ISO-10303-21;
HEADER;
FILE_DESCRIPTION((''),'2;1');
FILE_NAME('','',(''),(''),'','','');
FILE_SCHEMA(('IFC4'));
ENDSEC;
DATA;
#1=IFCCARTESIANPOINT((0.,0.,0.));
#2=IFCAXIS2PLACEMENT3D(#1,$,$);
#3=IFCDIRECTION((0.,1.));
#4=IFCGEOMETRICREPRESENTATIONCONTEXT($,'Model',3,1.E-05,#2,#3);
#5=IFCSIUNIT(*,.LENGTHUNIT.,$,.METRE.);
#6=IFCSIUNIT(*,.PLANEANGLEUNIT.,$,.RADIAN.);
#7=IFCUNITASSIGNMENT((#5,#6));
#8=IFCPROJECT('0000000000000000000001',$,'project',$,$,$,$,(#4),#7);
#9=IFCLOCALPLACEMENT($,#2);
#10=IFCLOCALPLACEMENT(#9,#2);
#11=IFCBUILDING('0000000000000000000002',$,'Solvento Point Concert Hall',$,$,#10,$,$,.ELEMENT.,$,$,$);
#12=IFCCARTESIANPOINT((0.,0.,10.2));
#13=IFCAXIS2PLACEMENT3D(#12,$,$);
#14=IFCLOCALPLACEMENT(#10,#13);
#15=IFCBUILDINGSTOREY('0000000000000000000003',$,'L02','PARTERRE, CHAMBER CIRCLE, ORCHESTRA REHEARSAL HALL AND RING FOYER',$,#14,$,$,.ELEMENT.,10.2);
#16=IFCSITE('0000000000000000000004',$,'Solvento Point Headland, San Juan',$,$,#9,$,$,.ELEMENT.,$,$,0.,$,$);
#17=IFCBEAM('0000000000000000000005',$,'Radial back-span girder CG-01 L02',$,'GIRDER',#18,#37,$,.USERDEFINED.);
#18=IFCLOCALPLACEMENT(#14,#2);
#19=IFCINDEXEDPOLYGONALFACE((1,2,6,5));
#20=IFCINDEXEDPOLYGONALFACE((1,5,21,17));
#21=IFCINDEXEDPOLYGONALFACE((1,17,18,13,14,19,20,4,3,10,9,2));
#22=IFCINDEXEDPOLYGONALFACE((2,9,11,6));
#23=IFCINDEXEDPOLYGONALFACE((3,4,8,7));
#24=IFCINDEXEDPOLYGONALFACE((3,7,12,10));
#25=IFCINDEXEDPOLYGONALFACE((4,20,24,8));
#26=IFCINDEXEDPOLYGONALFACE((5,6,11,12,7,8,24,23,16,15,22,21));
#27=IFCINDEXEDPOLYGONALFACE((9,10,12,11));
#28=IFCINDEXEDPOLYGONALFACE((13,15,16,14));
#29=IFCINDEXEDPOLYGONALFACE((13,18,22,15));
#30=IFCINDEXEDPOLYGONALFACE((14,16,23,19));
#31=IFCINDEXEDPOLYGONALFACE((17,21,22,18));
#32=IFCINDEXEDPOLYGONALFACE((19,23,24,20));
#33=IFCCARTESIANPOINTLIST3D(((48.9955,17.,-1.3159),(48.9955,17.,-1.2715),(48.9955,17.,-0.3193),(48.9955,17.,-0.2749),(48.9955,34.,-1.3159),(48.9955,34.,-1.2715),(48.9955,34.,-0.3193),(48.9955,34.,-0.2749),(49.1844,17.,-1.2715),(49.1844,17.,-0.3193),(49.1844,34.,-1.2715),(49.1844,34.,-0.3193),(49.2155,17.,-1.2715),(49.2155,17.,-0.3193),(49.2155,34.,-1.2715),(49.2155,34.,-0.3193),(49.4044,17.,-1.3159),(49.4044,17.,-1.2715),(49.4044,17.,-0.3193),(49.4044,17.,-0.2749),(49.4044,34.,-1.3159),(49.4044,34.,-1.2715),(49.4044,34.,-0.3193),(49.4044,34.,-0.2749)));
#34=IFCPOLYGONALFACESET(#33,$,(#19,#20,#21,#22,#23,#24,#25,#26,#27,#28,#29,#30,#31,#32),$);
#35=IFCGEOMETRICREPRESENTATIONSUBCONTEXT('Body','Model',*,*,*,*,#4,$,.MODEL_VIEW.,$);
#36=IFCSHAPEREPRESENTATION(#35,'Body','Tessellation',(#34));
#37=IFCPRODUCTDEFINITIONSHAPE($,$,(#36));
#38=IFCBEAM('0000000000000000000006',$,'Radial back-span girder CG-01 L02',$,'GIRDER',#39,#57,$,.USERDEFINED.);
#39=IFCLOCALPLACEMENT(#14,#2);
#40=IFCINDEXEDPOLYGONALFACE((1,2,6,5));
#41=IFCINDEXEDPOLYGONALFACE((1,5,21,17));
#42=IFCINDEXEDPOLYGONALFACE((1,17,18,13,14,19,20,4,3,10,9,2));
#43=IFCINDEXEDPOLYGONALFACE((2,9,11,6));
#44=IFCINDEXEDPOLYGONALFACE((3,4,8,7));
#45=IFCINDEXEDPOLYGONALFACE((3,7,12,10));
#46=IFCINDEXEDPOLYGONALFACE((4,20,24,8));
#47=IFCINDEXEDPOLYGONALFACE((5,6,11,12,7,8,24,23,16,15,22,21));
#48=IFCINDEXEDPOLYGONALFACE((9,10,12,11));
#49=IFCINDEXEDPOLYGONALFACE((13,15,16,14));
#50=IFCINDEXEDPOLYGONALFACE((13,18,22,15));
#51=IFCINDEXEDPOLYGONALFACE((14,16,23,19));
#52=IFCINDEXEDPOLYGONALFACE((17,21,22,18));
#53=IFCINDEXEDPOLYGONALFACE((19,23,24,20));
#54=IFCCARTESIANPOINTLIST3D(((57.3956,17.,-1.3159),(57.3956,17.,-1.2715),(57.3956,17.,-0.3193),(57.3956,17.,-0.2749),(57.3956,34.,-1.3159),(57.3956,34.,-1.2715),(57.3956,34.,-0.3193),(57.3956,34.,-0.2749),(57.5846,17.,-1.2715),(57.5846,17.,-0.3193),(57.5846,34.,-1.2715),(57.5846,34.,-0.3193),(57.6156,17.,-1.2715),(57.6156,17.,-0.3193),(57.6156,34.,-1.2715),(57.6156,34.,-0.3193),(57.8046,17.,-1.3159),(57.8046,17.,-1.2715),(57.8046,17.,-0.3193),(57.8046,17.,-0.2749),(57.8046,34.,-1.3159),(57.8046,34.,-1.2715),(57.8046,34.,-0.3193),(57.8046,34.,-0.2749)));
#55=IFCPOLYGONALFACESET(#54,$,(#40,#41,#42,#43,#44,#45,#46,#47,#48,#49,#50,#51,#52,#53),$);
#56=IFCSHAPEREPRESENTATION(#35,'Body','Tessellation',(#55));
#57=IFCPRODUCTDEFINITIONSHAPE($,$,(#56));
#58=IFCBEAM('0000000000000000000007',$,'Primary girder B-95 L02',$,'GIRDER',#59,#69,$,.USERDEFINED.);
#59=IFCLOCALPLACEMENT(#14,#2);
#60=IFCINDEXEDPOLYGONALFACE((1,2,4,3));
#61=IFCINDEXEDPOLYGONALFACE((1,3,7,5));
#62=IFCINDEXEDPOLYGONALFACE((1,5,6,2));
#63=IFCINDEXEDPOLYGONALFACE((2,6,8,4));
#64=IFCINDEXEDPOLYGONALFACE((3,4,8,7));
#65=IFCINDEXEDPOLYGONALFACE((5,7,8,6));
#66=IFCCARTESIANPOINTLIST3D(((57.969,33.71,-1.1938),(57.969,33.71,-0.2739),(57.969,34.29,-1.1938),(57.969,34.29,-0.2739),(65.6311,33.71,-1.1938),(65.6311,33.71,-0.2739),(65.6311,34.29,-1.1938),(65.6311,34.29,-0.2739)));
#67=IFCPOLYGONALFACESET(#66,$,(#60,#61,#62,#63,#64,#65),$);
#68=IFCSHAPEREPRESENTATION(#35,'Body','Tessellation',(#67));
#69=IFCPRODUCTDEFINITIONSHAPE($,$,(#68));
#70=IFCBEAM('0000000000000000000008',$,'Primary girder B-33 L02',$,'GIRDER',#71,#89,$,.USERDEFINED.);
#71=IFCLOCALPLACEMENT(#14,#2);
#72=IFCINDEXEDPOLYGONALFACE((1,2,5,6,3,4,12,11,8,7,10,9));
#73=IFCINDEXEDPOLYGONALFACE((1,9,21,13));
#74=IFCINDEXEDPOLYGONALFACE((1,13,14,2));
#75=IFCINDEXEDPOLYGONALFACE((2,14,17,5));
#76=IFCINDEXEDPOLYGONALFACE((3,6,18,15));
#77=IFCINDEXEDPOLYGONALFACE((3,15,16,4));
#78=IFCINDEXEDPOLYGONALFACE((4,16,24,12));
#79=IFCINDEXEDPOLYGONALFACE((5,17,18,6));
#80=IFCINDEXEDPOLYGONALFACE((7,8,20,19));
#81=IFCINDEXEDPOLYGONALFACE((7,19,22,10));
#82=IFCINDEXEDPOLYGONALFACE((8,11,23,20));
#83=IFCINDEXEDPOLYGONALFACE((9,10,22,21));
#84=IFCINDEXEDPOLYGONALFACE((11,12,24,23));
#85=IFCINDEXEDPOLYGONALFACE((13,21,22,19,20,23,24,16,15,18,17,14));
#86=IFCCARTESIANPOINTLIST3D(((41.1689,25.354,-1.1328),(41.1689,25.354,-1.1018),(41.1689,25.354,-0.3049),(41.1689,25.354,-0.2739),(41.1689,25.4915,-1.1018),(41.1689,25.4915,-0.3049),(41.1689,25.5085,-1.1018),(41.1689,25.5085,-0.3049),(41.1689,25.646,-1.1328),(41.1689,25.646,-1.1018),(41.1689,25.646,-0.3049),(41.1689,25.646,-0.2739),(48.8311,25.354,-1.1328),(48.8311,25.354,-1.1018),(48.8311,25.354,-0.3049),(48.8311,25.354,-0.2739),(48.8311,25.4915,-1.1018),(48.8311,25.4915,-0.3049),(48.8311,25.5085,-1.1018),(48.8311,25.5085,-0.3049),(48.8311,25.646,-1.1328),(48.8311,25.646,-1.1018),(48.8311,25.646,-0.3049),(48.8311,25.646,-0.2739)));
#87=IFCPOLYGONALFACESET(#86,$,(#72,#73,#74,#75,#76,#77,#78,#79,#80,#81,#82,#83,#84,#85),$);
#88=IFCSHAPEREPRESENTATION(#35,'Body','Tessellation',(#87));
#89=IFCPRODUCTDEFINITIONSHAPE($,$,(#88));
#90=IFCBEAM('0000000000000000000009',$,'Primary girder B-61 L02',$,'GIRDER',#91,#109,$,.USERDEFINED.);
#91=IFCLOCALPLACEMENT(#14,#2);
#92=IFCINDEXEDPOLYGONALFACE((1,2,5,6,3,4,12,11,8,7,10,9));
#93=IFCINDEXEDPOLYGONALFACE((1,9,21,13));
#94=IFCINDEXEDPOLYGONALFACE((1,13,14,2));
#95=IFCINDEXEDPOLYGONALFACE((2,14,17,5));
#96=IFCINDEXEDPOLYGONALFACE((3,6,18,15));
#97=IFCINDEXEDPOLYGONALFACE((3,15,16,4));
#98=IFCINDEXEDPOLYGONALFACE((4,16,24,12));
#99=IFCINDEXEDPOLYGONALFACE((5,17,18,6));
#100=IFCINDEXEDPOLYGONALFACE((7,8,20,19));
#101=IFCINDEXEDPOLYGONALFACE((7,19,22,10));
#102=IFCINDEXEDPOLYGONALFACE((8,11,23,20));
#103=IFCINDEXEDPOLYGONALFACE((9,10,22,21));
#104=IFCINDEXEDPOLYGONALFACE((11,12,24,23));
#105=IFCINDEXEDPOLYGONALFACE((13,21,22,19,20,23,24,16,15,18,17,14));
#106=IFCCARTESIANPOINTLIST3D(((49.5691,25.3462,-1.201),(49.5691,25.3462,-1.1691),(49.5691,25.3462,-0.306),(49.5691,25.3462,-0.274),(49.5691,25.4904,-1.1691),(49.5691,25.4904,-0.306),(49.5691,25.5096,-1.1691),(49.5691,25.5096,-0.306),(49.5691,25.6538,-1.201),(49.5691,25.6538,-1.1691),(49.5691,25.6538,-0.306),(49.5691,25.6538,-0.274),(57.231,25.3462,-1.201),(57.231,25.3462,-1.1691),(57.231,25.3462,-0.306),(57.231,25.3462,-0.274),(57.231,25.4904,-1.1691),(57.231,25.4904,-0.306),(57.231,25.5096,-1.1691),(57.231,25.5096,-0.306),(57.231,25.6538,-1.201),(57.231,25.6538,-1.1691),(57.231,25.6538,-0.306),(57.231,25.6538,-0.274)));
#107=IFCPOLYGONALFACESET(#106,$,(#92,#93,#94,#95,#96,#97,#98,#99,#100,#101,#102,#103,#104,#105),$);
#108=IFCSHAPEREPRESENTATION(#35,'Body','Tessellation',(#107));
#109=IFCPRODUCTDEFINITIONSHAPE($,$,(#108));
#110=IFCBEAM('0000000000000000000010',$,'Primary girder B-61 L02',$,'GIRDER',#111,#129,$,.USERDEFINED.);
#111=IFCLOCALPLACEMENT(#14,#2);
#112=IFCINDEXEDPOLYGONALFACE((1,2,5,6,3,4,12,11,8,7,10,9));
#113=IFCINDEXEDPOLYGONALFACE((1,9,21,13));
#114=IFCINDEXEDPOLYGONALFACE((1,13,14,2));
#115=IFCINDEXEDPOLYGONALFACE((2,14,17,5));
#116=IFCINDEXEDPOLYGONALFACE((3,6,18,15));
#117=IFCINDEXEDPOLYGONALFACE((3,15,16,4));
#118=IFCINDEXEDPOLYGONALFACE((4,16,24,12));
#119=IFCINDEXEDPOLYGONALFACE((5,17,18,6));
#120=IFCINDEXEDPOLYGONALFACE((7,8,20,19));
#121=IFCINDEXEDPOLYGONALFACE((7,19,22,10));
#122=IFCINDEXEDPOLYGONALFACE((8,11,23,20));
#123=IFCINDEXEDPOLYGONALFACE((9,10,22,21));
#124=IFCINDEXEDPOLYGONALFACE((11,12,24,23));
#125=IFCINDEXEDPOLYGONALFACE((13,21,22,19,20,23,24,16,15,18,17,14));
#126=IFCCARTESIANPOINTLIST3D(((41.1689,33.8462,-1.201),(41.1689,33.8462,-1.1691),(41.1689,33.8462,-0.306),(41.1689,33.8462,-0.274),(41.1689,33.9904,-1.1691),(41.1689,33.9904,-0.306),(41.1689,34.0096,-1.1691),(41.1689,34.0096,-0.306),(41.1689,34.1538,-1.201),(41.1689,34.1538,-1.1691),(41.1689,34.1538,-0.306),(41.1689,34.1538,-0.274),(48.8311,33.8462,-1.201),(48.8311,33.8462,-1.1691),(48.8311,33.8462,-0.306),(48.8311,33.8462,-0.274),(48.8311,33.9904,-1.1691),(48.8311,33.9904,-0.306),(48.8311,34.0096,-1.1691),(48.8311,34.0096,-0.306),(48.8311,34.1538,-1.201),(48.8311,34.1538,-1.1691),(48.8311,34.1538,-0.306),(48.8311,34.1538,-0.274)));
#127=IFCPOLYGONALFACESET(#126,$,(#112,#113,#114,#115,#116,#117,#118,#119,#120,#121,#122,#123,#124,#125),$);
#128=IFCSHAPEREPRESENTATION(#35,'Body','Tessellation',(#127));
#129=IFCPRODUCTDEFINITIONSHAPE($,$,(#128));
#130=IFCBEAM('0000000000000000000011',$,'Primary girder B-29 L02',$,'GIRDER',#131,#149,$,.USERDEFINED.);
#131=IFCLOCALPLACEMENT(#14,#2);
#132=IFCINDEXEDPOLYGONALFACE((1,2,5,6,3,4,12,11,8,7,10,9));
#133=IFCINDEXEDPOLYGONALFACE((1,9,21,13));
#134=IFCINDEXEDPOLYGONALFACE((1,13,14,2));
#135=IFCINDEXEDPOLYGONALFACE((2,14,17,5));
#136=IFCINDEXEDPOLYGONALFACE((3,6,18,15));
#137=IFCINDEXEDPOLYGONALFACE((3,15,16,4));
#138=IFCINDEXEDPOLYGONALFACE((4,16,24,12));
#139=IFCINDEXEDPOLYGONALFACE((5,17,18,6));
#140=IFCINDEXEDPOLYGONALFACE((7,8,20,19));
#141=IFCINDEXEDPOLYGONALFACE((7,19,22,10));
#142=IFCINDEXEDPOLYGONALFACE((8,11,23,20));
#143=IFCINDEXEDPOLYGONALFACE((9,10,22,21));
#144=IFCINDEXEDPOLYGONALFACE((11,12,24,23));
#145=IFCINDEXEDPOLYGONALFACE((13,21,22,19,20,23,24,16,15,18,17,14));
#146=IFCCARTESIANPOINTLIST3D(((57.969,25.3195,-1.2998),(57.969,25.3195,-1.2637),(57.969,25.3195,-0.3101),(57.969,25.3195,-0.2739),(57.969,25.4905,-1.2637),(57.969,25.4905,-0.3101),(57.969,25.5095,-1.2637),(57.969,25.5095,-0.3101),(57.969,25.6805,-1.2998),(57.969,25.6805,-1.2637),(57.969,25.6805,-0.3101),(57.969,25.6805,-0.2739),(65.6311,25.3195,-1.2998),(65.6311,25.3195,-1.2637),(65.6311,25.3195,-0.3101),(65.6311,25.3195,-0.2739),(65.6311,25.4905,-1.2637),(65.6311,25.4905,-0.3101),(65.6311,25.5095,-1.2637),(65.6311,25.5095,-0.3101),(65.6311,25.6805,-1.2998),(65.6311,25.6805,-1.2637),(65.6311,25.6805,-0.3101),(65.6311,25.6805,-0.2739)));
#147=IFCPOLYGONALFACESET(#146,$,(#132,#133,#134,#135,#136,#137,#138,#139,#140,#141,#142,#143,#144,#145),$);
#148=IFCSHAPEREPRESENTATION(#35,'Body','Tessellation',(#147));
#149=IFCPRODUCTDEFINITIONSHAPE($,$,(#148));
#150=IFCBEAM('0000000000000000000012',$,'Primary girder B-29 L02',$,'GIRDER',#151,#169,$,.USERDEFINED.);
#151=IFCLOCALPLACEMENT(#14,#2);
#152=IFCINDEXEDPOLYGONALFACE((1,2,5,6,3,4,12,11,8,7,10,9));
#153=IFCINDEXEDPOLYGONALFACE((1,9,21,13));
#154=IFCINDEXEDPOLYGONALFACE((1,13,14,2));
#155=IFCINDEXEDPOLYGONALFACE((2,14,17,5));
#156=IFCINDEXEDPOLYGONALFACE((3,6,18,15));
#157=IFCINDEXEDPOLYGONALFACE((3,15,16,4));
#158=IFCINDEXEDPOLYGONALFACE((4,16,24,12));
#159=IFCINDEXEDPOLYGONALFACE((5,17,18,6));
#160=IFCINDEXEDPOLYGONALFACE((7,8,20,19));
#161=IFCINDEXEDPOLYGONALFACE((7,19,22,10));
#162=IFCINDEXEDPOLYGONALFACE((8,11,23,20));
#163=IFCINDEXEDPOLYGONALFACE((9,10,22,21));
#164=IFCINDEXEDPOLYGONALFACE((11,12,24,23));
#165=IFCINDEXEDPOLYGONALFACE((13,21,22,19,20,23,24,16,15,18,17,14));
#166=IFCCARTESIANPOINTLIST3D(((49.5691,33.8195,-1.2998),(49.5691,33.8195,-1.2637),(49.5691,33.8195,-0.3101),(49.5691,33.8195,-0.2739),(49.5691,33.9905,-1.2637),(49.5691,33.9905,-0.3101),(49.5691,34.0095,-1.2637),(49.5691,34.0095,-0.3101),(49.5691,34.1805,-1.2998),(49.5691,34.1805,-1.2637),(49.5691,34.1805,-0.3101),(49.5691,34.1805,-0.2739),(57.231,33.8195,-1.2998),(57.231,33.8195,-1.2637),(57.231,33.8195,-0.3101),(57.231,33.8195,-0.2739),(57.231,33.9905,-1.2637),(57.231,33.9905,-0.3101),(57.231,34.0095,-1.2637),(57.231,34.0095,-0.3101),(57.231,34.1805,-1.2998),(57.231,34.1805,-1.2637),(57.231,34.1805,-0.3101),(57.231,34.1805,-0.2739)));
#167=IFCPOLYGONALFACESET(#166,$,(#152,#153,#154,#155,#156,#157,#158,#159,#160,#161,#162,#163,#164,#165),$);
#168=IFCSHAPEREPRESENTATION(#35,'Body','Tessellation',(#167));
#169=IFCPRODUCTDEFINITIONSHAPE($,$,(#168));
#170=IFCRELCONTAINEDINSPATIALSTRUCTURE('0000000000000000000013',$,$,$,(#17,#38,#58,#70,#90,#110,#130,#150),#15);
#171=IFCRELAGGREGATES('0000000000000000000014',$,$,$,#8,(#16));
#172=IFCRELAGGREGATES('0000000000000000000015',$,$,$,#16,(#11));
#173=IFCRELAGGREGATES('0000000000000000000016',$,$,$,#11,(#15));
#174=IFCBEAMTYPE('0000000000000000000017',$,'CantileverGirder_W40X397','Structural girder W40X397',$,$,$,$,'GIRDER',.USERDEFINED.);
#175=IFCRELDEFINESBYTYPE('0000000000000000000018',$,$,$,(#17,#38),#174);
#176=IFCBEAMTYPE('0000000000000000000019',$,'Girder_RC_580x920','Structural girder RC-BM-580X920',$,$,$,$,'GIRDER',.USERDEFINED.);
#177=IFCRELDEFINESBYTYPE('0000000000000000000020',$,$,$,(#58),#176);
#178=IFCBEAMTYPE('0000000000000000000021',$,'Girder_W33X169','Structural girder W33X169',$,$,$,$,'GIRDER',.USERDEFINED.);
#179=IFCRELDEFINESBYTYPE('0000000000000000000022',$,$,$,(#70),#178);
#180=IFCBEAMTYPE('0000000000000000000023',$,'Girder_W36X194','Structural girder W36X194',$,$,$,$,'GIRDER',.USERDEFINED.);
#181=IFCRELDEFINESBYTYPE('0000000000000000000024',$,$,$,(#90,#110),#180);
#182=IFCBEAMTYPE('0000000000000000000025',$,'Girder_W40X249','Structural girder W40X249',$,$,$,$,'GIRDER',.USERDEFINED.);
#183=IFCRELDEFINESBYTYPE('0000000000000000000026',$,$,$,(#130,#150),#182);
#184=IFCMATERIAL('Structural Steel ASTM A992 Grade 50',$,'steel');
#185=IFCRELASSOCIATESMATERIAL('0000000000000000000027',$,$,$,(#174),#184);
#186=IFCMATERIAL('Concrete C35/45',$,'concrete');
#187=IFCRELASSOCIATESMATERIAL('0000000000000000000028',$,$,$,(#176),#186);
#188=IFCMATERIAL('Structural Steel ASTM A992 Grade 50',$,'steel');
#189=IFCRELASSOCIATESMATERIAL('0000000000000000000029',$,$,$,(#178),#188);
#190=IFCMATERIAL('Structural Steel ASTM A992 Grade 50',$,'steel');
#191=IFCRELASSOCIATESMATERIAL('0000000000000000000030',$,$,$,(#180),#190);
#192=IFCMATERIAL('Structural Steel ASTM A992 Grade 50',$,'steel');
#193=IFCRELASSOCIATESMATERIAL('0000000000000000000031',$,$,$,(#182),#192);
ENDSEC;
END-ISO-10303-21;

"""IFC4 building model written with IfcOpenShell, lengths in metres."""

from ifc_helpers import new_model, si_unit, direction, frame, origin, origin_2d, place, context, subcontext, project, spatial, rectangle, i_section, extrude, material, material_profile, profile_set, type_object, element, save


model = new_model("IFC4")

# Units and contexts
model_context = context("Model", 3, precision=1e-05, world=origin(), true_north=direction((0.0, 1.0)))
body_context = subcontext(model_context, "Body", "Model", "MODEL_VIEW")
ifc_project = project(units=[si_unit("LENGTHUNIT", "METRE"), si_unit("PLANEANGLEUNIT", "RADIAN")], contexts=[model_context])

# Site, building, storey
site_placement = place(None, origin())
site = spatial("IfcSite", under=ifc_project, at=site_placement, Name="Solvento Point Headland, San Juan", CompositionType="ELEMENT", RefElevation=0.0)
building_placement = place(site_placement, origin())
building = spatial("IfcBuilding", under=site, at=building_placement, Name="Solvento Point Concert Hall", CompositionType="ELEMENT")
storey_placement = place(building_placement, frame((0.0, 0.0, 10.2)))
storey = spatial("IfcBuildingStorey", under=building, at=storey_placement, Name="L02", Description="PARTERRE, CHAMBER CIRCLE, ORCHESTRA REHEARSAL HALL AND RING FOYER", CompositionType="ELEMENT", Elevation=10.2)

# Beams
ifc_material_1 = material(Name="Structural Steel ASTM A992 Grade 50", Category="steel")
ifc_material_profile_1 = material_profile(ifc_material_1, i_section(OverallWidth=0.4089, OverallDepth=1.041, WebThickness=0.031, FlangeThickness=0.0444, at=origin_2d()), Name="W40X397")
ifc_profile_set_1 = profile_set([ifc_material_profile_1], Name="Structural Steel ASTM A992 Grade 50")
beam_type_1 = type_object("IfcBeamType", Name="CantileverGirder_W40X397", Description="Structural girder W40X397", ElementType="GIRDER", PredefinedType="USERDEFINED", material=ifc_profile_set_1)
for number, where, z_axis, x_axis, name in (
    (1, (49.2, 34.0, -0.7954), (0.0, -1.0, 0.0), (1.0, 0.0, 0.0), "Radial back-span girder CG-01 L02"),
    (2, (57.6001, 34.0, -0.7954), (0.0, -1.0, 0.0), (1.0, 0.0, 0.0), "Radial back-span girder CG-01 L02"),
):
    element("IfcBeam", number, at=place(storey_placement, frame(where, z_axis=z_axis, x_axis=x_axis)), inside=storey, type_object=beam_type_1, Name=name, ObjectType="GIRDER", PredefinedType="USERDEFINED", context=body_context, shape_type="SweptSolid", body=[
        extrude(i_section(OverallWidth=0.4089, OverallDepth=1.041, WebThickness=0.031, FlangeThickness=0.0444, at=origin_2d()), origin(), (0.0, 0.0, 1.0), 17.0),
    ])
ifc_material_2 = material(Name="Concrete C35/45", Category="concrete")
ifc_material_profile_2 = material_profile(ifc_material_2, rectangle(XDim=0.5801, YDim=0.9199, at=origin_2d()), Name="RC-BM-580X920")
ifc_profile_set_2 = profile_set([ifc_material_profile_2], Name="Concrete C35/45")
beam_type_2 = type_object("IfcBeamType", Name="Girder_RC_580x920", Description="Structural girder RC-BM-580X920", ElementType="GIRDER", PredefinedType="USERDEFINED", material=ifc_profile_set_2)
beam_1_placement = place(storey_placement, frame((57.969, 34.0, -0.7339), z_axis=(1.0, 0.0, 0.0), x_axis=(0.0, 1.0, 0.0)))
element("IfcBeam", 3, at=beam_1_placement, inside=storey, type_object=beam_type_2, Name="Primary girder B-95 L02", ObjectType="GIRDER", PredefinedType="USERDEFINED", context=body_context, shape_type="SweptSolid", body=[
    extrude(rectangle(XDim=0.5801, YDim=0.9199, at=origin_2d()), origin(), (0.0, 0.0, 1.0), 7.6621),
])
ifc_material_3 = material(Name="Structural Steel ASTM A992 Grade 50", Category="steel")
ifc_material_profile_3 = material_profile(ifc_material_3, i_section(OverallWidth=0.292, OverallDepth=0.8589, WebThickness=0.0171, FlangeThickness=0.031, at=origin_2d()), Name="W33X169")
ifc_profile_set_3 = profile_set([ifc_material_profile_3], Name="Structural Steel ASTM A992 Grade 50")
beam_type_3 = type_object("IfcBeamType", Name="Girder_W33X169", Description="Structural girder W33X169", ElementType="GIRDER", PredefinedType="USERDEFINED", material=ifc_profile_set_3)
beam_2_placement = place(storey_placement, frame((41.1689, 25.5, -0.7034), z_axis=(1.0, 0.0, 0.0), x_axis=(0.0, 1.0, 0.0)))
element("IfcBeam", 4, at=beam_2_placement, inside=storey, type_object=beam_type_3, Name="Primary girder B-33 L02", ObjectType="GIRDER", PredefinedType="USERDEFINED", context=body_context, shape_type="SweptSolid", body=[
    extrude(i_section(OverallWidth=0.292, OverallDepth=0.8589, WebThickness=0.0171, FlangeThickness=0.031, at=origin_2d()), origin(), (0.0, 0.0, 1.0), 7.6621),
])
ifc_material_4 = material(Name="Structural Steel ASTM A992 Grade 50", Category="steel")
ifc_material_profile_4 = material_profile(ifc_material_4, i_section(OverallWidth=0.3076, OverallDepth=0.927, WebThickness=0.0193, FlangeThickness=0.032, at=origin_2d()), Name="W36X194")
ifc_profile_set_4 = profile_set([ifc_material_profile_4], Name="Structural Steel ASTM A992 Grade 50")
beam_type_4 = type_object("IfcBeamType", Name="Girder_W36X194", Description="Structural girder W36X194", ElementType="GIRDER", PredefinedType="USERDEFINED", material=ifc_profile_set_4)
beam_3_placement = place(storey_placement, frame((49.5691, 25.5, -0.7375), z_axis=(1.0, 0.0, 0.0), x_axis=(0.0, 1.0, 0.0)))
element("IfcBeam", 5, at=beam_3_placement, inside=storey, type_object=beam_type_4, Name="Primary girder B-61 L02", ObjectType="GIRDER", PredefinedType="USERDEFINED", context=body_context, shape_type="SweptSolid", body=[
    extrude(i_section(OverallWidth=0.3076, OverallDepth=0.927, WebThickness=0.0193, FlangeThickness=0.032, at=origin_2d()), origin(), (0.0, 0.0, 1.0), 7.6619),
])
beam_4_placement = place(storey_placement, frame((41.1689, 34.0, -0.7375), z_axis=(1.0, 0.0, 0.0), x_axis=(0.0, 1.0, 0.0)))
element("IfcBeam", 6, at=beam_4_placement, inside=storey, type_object=beam_type_4, Name="Primary girder B-61 L02", ObjectType="GIRDER", PredefinedType="USERDEFINED", context=body_context, shape_type="SweptSolid", body=[
    extrude(i_section(OverallWidth=0.3076, OverallDepth=0.927, WebThickness=0.0193, FlangeThickness=0.032, at=origin_2d()), origin(), (0.0, 0.0, 1.0), 7.6621),
])
ifc_material_5 = material(Name="Structural Steel ASTM A992 Grade 50", Category="steel")
ifc_material_profile_5 = material_profile(ifc_material_5, i_section(OverallWidth=0.3611, OverallDepth=1.0259, WebThickness=0.019, FlangeThickness=0.0361, at=origin_2d()), Name="W40X249")
ifc_profile_set_5 = profile_set([ifc_material_profile_5], Name="Structural Steel ASTM A992 Grade 50")
beam_type_5 = type_object("IfcBeamType", Name="Girder_W40X249", Description="Structural girder W40X249", ElementType="GIRDER", PredefinedType="USERDEFINED", material=ifc_profile_set_5)
beam_5_placement = place(storey_placement, frame((57.969, 25.5, -0.7869), z_axis=(1.0, 0.0, 0.0), x_axis=(0.0, 1.0, 0.0)))
element("IfcBeam", 7, at=beam_5_placement, inside=storey, type_object=beam_type_5, Name="Primary girder B-29 L02", ObjectType="GIRDER", PredefinedType="USERDEFINED", context=body_context, shape_type="SweptSolid", body=[
    extrude(i_section(OverallWidth=0.3611, OverallDepth=1.0259, WebThickness=0.019, FlangeThickness=0.0361, at=origin_2d()), origin(), (0.0, 0.0, 1.0), 7.6621),
])
beam_6_placement = place(storey_placement, frame((49.5691, 34.0, -0.7869), z_axis=(1.0, 0.0, 0.0), x_axis=(0.0, 1.0, 0.0)))
element("IfcBeam", 8, at=beam_6_placement, inside=storey, type_object=beam_type_5, Name="Primary girder B-29 L02", ObjectType="GIRDER", PredefinedType="USERDEFINED", context=body_context, shape_type="SweptSolid", body=[
    extrude(i_section(OverallWidth=0.3611, OverallDepth=1.0259, WebThickness=0.019, FlangeThickness=0.0361, at=origin_2d()), origin(), (0.0, 0.0, 1.0), 7.6619),
])

save(model, "model.ifc")
